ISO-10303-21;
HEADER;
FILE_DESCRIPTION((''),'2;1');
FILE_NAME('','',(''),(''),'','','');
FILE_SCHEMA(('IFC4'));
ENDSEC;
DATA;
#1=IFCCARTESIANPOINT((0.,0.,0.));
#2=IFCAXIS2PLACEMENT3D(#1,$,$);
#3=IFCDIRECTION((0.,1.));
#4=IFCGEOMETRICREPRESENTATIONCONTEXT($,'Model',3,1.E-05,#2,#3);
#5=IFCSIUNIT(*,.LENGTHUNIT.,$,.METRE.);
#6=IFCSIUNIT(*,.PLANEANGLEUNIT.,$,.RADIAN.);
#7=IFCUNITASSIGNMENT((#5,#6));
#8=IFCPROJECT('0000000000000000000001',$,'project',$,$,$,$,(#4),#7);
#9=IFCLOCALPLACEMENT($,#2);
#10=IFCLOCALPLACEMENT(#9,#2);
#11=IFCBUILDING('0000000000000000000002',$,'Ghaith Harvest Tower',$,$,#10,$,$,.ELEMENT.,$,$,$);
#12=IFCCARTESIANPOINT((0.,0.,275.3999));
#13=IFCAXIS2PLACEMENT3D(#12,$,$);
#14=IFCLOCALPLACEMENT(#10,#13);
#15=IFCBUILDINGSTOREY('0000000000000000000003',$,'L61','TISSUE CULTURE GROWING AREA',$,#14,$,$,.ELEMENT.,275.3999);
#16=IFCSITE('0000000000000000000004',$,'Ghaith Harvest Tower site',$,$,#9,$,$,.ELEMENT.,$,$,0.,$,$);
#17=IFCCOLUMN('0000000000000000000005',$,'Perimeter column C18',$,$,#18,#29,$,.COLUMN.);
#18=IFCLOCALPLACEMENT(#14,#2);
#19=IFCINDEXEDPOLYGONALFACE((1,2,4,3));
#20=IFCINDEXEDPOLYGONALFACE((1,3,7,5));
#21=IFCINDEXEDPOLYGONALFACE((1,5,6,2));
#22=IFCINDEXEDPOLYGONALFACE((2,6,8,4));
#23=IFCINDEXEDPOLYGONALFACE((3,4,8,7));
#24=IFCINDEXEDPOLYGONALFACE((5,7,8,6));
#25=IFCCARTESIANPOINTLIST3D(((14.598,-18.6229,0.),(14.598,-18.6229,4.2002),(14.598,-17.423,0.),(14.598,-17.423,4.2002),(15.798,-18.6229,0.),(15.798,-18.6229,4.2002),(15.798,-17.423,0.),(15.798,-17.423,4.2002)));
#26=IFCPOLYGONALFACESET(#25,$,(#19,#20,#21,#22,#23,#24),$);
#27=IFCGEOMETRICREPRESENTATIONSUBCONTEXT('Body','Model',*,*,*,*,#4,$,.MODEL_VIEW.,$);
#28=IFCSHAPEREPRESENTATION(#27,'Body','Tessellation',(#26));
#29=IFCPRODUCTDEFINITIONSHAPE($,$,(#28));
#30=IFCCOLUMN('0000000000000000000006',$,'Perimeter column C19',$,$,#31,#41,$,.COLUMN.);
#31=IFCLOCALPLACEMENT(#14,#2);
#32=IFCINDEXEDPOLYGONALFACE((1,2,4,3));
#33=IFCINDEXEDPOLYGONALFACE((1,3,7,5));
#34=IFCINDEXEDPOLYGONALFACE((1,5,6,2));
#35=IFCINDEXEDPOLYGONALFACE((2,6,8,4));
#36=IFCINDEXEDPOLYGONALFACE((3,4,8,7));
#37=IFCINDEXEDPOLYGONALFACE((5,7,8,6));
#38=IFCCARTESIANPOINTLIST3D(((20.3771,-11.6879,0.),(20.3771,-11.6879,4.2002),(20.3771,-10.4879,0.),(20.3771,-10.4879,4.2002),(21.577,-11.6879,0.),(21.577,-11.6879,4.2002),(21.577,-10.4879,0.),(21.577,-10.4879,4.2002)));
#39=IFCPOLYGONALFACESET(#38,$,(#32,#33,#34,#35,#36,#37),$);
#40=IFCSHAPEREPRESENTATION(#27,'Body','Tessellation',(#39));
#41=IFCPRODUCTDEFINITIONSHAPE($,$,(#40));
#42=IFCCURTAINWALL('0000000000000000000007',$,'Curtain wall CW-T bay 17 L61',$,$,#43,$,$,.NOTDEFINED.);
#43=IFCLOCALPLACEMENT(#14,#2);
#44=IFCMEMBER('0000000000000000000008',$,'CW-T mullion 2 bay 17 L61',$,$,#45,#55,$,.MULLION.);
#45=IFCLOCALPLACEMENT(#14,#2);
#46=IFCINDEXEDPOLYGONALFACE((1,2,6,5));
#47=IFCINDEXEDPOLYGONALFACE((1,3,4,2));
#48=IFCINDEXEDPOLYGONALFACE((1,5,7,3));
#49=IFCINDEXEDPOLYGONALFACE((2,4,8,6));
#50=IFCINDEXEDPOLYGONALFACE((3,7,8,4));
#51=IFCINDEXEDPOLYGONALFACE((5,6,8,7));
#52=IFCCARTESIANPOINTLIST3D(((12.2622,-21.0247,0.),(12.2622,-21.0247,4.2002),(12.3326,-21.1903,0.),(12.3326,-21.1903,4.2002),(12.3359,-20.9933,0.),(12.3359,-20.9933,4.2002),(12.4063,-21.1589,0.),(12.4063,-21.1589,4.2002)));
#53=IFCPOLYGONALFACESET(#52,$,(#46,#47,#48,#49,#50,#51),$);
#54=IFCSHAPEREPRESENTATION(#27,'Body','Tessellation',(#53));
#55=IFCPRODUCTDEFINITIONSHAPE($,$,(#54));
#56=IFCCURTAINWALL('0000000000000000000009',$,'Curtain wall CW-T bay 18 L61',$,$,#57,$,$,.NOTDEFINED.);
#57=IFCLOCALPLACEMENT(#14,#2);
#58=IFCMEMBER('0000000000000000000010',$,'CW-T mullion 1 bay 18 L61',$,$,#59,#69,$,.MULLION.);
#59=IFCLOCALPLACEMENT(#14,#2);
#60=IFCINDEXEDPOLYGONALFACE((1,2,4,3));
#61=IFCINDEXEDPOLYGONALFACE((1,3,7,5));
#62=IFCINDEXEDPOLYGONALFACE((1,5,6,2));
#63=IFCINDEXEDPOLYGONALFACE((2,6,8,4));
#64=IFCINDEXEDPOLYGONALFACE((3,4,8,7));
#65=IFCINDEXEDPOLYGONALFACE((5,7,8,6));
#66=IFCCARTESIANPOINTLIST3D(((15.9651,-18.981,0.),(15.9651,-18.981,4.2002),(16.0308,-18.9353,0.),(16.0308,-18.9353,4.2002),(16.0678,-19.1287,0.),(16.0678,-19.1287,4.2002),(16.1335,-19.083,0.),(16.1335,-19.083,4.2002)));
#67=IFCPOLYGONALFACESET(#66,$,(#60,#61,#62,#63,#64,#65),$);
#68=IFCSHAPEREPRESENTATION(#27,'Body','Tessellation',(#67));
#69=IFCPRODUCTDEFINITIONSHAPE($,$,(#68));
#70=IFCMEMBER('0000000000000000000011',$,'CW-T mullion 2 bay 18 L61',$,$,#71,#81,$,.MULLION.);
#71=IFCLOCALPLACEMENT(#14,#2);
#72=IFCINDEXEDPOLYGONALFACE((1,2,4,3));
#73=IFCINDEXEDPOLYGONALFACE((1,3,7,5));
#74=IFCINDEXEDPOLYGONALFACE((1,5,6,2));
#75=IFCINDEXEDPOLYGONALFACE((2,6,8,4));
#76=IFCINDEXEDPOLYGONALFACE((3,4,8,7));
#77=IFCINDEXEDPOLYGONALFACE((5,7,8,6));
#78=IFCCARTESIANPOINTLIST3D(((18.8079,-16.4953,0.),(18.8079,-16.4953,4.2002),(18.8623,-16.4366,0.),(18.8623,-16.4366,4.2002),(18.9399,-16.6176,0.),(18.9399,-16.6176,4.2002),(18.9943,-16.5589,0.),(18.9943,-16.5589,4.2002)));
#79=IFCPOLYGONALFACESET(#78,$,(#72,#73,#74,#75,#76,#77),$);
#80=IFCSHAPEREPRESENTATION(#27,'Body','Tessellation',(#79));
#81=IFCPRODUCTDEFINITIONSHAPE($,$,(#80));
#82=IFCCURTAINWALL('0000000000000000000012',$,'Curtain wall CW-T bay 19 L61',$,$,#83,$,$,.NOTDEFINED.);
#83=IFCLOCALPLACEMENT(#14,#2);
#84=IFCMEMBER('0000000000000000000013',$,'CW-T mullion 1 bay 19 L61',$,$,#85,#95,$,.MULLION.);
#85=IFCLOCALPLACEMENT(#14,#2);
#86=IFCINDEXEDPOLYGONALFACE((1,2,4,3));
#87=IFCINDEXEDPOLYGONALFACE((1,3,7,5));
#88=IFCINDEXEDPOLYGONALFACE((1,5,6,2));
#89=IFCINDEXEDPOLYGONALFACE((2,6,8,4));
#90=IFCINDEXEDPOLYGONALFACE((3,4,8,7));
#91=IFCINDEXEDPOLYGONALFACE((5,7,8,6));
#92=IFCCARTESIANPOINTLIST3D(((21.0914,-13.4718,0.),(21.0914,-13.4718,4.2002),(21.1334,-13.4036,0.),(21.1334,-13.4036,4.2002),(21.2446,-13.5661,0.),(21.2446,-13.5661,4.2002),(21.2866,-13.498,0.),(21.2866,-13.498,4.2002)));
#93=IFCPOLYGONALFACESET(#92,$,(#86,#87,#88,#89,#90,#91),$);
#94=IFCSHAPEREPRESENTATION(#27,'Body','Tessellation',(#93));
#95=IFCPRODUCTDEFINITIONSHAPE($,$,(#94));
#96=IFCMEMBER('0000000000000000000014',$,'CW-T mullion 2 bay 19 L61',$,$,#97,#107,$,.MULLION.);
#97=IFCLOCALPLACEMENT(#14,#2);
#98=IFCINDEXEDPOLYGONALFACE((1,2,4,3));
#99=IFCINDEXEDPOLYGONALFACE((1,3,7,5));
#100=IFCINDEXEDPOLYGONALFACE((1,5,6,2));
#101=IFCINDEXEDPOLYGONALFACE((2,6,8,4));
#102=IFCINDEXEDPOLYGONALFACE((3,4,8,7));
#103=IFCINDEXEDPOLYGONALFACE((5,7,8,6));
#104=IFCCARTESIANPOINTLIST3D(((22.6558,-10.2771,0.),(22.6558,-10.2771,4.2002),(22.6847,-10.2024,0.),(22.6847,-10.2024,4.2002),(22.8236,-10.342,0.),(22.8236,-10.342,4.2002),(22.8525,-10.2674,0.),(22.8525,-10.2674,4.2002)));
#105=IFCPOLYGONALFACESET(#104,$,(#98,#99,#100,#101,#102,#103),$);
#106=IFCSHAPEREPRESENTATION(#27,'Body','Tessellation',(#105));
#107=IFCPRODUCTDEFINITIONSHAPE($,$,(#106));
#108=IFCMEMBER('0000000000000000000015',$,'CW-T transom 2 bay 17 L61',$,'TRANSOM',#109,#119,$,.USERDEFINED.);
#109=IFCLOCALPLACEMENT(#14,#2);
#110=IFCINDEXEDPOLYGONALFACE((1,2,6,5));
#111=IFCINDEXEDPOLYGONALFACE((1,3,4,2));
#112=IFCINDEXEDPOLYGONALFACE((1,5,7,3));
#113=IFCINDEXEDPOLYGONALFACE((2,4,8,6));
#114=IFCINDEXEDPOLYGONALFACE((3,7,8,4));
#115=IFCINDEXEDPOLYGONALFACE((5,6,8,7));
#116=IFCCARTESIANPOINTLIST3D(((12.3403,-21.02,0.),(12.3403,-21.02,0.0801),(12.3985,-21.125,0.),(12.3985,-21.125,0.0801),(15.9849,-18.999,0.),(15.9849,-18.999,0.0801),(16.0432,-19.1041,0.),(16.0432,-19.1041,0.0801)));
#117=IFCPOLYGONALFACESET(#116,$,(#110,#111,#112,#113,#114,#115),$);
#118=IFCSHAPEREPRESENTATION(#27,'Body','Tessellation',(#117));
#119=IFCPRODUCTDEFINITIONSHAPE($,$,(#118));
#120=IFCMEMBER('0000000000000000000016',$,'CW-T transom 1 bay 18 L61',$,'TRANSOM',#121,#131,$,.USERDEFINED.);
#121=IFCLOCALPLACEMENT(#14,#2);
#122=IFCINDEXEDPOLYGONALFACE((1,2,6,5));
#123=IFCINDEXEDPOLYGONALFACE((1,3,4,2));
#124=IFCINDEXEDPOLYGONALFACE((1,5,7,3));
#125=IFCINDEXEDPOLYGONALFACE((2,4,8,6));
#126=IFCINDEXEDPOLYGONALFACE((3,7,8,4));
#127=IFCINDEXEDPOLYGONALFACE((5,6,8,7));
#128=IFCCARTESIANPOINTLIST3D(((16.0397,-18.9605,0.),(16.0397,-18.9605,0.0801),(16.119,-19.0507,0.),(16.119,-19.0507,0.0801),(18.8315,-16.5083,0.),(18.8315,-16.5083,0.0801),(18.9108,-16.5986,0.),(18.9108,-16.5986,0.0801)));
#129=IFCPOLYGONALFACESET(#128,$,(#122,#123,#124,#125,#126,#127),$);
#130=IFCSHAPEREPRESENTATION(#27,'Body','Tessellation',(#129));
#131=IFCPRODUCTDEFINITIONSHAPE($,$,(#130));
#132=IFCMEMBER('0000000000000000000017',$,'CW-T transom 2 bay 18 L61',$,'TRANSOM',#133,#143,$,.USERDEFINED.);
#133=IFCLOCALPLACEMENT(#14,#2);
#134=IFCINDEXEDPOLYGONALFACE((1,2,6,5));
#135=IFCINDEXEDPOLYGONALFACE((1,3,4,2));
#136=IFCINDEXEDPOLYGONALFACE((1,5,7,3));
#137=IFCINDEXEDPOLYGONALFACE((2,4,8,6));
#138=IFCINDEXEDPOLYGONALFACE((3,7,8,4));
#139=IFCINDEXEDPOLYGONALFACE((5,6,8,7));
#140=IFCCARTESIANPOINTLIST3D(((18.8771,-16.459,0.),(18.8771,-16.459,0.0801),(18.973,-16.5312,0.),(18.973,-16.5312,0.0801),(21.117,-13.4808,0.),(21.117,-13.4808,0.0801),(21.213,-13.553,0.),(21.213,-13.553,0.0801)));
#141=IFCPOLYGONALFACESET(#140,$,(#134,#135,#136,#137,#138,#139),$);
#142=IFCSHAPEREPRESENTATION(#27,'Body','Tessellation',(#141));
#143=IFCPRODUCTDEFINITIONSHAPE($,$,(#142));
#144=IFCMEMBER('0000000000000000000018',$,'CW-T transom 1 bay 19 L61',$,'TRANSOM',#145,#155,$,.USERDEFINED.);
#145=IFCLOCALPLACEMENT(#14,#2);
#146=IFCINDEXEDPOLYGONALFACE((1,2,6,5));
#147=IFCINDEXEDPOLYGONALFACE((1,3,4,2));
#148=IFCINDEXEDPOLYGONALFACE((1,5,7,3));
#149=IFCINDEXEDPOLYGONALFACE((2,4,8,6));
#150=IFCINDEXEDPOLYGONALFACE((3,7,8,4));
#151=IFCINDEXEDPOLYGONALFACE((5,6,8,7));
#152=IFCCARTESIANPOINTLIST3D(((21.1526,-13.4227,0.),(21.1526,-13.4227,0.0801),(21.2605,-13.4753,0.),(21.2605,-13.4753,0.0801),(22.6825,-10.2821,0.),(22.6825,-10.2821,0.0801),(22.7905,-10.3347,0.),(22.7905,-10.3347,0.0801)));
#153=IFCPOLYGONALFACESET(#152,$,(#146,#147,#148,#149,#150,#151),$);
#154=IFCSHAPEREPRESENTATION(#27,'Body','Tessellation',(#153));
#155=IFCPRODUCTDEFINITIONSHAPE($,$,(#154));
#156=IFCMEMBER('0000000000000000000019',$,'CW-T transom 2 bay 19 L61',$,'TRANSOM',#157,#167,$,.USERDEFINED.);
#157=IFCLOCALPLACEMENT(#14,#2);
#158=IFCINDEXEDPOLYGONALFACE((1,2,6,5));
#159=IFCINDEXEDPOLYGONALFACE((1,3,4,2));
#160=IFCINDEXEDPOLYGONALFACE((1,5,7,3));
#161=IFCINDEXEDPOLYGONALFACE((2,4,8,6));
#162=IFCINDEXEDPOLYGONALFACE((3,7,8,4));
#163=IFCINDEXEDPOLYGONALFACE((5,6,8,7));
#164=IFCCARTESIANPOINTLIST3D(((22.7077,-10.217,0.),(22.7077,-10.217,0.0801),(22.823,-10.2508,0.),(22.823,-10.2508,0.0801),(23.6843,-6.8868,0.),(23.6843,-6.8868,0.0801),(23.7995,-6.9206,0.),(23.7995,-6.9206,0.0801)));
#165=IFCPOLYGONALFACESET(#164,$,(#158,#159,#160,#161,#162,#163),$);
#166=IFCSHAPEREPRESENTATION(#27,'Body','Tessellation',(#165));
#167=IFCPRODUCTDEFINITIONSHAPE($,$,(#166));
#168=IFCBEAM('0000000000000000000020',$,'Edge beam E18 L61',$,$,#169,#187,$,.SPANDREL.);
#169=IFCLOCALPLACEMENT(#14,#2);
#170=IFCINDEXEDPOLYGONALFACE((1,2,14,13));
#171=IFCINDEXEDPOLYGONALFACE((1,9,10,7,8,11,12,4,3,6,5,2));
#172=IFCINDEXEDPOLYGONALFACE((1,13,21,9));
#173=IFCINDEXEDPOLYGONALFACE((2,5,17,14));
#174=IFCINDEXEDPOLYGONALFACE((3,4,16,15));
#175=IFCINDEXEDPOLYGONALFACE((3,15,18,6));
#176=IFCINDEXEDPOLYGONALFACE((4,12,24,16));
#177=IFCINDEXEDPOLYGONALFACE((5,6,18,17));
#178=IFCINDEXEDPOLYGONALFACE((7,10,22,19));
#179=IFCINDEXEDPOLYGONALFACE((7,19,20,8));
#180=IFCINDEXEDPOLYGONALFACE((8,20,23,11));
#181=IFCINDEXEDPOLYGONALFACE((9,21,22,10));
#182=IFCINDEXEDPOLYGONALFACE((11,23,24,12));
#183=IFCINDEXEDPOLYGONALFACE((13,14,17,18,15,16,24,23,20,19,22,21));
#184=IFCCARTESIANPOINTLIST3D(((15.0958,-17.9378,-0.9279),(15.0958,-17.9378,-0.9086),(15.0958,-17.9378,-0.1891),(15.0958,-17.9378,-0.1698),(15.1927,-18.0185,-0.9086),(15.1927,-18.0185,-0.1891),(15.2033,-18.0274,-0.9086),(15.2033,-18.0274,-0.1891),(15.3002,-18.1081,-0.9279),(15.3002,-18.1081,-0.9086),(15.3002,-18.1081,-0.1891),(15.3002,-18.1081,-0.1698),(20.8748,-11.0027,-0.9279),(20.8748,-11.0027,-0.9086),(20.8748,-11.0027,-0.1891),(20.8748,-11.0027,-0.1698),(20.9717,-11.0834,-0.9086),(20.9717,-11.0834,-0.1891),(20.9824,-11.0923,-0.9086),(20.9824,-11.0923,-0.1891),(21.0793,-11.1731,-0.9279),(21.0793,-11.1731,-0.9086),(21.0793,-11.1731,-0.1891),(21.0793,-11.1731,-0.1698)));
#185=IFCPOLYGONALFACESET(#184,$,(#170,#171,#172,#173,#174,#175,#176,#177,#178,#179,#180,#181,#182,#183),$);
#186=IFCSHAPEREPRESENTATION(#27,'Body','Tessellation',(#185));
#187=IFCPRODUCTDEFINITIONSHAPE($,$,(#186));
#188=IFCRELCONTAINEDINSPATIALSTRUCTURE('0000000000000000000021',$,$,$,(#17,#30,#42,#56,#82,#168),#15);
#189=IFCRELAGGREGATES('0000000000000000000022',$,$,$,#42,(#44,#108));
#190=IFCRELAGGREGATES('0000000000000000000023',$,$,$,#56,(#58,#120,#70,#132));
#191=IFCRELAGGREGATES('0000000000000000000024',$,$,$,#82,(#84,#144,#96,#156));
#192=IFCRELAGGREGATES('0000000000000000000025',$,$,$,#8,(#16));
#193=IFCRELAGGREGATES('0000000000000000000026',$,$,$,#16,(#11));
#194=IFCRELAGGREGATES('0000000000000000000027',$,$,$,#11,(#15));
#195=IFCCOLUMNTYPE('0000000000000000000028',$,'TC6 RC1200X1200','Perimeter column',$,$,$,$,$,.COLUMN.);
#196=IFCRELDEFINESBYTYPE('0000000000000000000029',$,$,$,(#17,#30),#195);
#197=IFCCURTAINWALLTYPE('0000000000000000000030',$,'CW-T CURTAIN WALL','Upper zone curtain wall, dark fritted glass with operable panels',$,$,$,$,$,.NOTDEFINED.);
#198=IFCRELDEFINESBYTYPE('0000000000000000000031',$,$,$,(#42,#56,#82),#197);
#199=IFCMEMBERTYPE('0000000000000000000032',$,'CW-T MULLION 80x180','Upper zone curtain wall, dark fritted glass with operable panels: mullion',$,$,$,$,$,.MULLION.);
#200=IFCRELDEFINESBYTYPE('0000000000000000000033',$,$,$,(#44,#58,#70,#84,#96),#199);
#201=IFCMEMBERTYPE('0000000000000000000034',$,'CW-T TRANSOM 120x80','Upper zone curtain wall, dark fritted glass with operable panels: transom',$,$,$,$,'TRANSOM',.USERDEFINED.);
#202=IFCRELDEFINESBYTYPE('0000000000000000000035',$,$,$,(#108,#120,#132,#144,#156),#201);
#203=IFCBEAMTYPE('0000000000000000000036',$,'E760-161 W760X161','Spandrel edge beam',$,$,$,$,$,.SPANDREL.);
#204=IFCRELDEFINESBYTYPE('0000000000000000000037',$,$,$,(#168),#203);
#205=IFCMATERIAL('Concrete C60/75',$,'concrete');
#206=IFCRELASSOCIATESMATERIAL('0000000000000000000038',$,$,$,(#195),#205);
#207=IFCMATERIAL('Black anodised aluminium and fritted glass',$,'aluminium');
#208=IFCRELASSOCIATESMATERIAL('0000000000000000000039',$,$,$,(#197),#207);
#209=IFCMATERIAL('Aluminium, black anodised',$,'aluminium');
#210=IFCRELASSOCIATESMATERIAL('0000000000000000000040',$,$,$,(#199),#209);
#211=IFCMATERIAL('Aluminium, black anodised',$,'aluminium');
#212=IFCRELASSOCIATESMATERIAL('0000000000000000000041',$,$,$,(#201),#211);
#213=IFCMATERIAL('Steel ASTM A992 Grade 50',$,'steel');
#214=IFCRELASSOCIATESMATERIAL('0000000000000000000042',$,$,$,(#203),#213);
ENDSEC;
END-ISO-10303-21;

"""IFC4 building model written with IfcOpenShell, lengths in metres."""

from ifc_helpers import new_model, si_unit, direction, frame, origin, origin_2d, place, context, subcontext, project, spatial, rectangle, i_section, extrude, material, material_profile, profile_set, type_object, element, aggregate, save


model = new_model("IFC4")

# Units and contexts
model_context = context("Model", 3, precision=1e-05, world=origin(), true_north=direction((0.0, 1.0)))
body_context = subcontext(model_context, "Body", "Model", "MODEL_VIEW")
ifc_project = project(units=[si_unit("LENGTHUNIT", "METRE"), si_unit("PLANEANGLEUNIT", "RADIAN")], contexts=[model_context])

# Site, building, storey
site_placement = place(None, origin())
site = spatial("IfcSite", under=ifc_project, at=site_placement, Name="Ghaith Harvest Tower site", CompositionType="ELEMENT", RefElevation=0.0)
building_placement = place(site_placement, origin())
building = spatial("IfcBuilding", under=site, at=building_placement, Name="Ghaith Harvest Tower", CompositionType="ELEMENT")
storey_placement = place(building_placement, frame((0.0, 0.0, 275.3999)))
storey = spatial("IfcBuildingStorey", under=building, at=storey_placement, Name="L61", Description="TISSUE CULTURE GROWING AREA", CompositionType="ELEMENT", Elevation=275.3999)

# Columns
ifc_material_1 = material(Name="Concrete C60/75", Category="concrete")
ifc_material_profile_1 = material_profile(ifc_material_1, rectangle(XDim=1.2, YDim=1.2, at=origin_2d()), Name="RC1200X1200")
ifc_profile_set_1 = profile_set([ifc_material_profile_1], Name="Concrete C60/75")
column_type = type_object("IfcColumnType", Name="TC6 RC1200X1200", Description="Perimeter column", PredefinedType="COLUMN", material=ifc_profile_set_1)
for number, where, z_axis, x_axis, name in (
    (1, (15.198, -18.0229, 0.0), (0.0, 0.0, 1.0), (1.0, 0.0, 0.0), "Perimeter column C18"),
    (2, (20.9771, -11.0879, 0.0), (0.0, 0.0, 1.0), (1.0, 0.0, 0.0), "Perimeter column C19"),
):
    element("IfcColumn", number, at=place(storey_placement, frame(where, z_axis=z_axis, x_axis=x_axis)), inside=storey, type_object=column_type, Name=name, PredefinedType="COLUMN", context=body_context, shape_type="SweptSolid", body=[
        extrude(rectangle(XDim=1.2, YDim=1.2, at=origin_2d()), origin(), (0.0, 0.0, 1.0), 4.2002),
    ])

# Curtain wall, member
ifc_material_2 = material(Name="Black anodised aluminium and fritted glass", Category="aluminium")
curtain_wall_type = type_object("IfcCurtainWallType", Name="CW-T CURTAIN WALL", Description="Upper zone curtain wall, dark fritted glass with operable panels", PredefinedType="NOTDEFINED", material=ifc_material_2)
curtain_wall_1_placement = place(storey_placement, origin())
curtain_wall_1 = element("IfcCurtainWall", 3, at=curtain_wall_1_placement, inside=storey, type_object=curtain_wall_type, Name="Curtain wall CW-T bay 17 L61", PredefinedType="NOTDEFINED")
ifc_material_3 = material(Name="Aluminium, black anodised", Category="aluminium")
ifc_material_profile_2 = material_profile(ifc_material_3, rectangle(XDim=0.0801, YDim=0.1799, at=origin_2d()), Name="CW-T MULLION 80x180")
ifc_profile_set_2 = profile_set([ifc_material_profile_2], Name="Aluminium, black anodised")
member_type_1 = type_object("IfcMemberType", Name="CW-T MULLION 80x180", Description="Upper zone curtain wall, dark fritted glass with operable panels: mullion", PredefinedType="MULLION", material=ifc_profile_set_2)
member_1_placement = place(storey_placement, frame((12.3342, -21.0918, 0.0), z_axis=(0.0, 0.0, 1.0), x_axis=(0.920319, 0.391168, 0.0)))
member_1 = element("IfcMember", 4, at=member_1_placement, type_object=member_type_1, Name="CW-T mullion 2 bay 17 L61", PredefinedType="MULLION", context=body_context, shape_type="SweptSolid", body=[
    extrude(rectangle(XDim=0.0801, YDim=0.1799, at=origin_2d()), origin(), (0.0, 0.0, 1.0), 4.2002),
])

# Curtain walls, members
curtain_wall_2_placement = place(storey_placement, origin())
curtain_wall_2 = element("IfcCurtainWall", 5, at=curtain_wall_2_placement, inside=storey, type_object=curtain_wall_type, Name="Curtain wall CW-T bay 18 L61", PredefinedType="NOTDEFINED")
member_2_placement = place(storey_placement, frame((16.0493, -19.032, 0.0), z_axis=(0.0, 0.0, 1.0), x_axis=(0.821112, 0.570767, 0.0)))
member_2 = element("IfcMember", 6, at=member_2_placement, type_object=member_type_1, Name="CW-T mullion 1 bay 18 L61", PredefinedType="MULLION", context=body_context, shape_type="SweptSolid", body=[
    extrude(rectangle(XDim=0.0801, YDim=0.1799, at=origin_2d()), origin(), (0.0, 0.0, 1.0), 4.2002),
])
member_3_placement = place(storey_placement, frame((18.9011, -16.5271, 0.0), z_axis=(0.0, 0.0, 1.0), x_axis=(0.679661, 0.733526, 0.0)))
member_3 = element("IfcMember", 7, at=member_3_placement, type_object=member_type_1, Name="CW-T mullion 2 bay 18 L61", PredefinedType="MULLION", context=body_context, shape_type="SweptSolid", body=[
    extrude(rectangle(XDim=0.0801, YDim=0.1799, at=origin_2d()), origin(), (0.0, 0.0, 1.0), 4.2002),
])
curtain_wall_3_placement = place(storey_placement, origin())
curtain_wall_3 = element("IfcCurtainWall", 8, at=curtain_wall_3_placement, inside=storey, type_object=curtain_wall_type, Name="Curtain wall CW-T bay 19 L61", PredefinedType="NOTDEFINED")
member_4_placement = place(storey_placement, frame((21.189, -13.4849, 0.0), z_axis=(0.0, 0.0, 1.0), x_axis=(0.524482, 0.851421, 0.0)))
member_4 = element("IfcMember", 9, at=member_4_placement, type_object=member_type_1, Name="CW-T mullion 1 bay 19 L61", PredefinedType="MULLION", context=body_context, shape_type="SweptSolid", body=[
    extrude(rectangle(XDim=0.0801, YDim=0.1799, at=origin_2d()), origin(), (0.0, 0.0, 1.0), 4.2002),
])
member_5_placement = place(storey_placement, frame((22.7542, -10.2722, 0.0), z_axis=(0.0, 0.0, 1.0), x_axis=(0.361184, 0.932494, 0.0)))
member_5 = element("IfcMember", 10, at=member_5_placement, type_object=member_type_1, Name="CW-T mullion 2 bay 19 L61", PredefinedType="MULLION", context=body_context, shape_type="SweptSolid", body=[
    extrude(rectangle(XDim=0.0801, YDim=0.1799, at=origin_2d()), origin(), (0.0, 0.0, 1.0), 4.2002),
])

# Members
ifc_material_4 = material(Name="Aluminium, black anodised", Category="aluminium")
ifc_material_profile_3 = material_profile(ifc_material_4, rectangle(XDim=0.1201, YDim=0.0801, at=origin_2d()), Name="CW-T TRANSOM 120x80")
ifc_profile_set_3 = profile_set([ifc_material_profile_3], Name="Aluminium, black anodised")
member_type_2 = type_object("IfcMemberType", Name="CW-T TRANSOM 120x80", Description="Upper zone curtain wall, dark fritted glass with operable panels: transom", ElementType="TRANSOM", PredefinedType="USERDEFINED", material=ifc_profile_set_3)
member_6_placement = place(storey_placement, frame((12.3694, -21.0725, 0.04), z_axis=(0.874552, 0.484932, 0.0), x_axis=(-0.484932, 0.874552, 0.0)))
member_6 = element("IfcMember", 11, at=member_6_placement, type_object=member_type_2, Name="CW-T transom 2 bay 17 L61", ObjectType="TRANSOM", PredefinedType="USERDEFINED", context=body_context, shape_type="SweptSolid", body=[
    extrude(rectangle(XDim=0.1201, YDim=0.0801, at=origin_2d()), origin(), (0.0, 0.0, 1.0), 4.1675),
])
member_7_placement = place(storey_placement, frame((16.0793, -19.0056, 0.04), z_axis=(0.751326, 0.659931, 0.0), x_axis=(-0.659931, 0.751326, 0.0)))
member_7 = element("IfcMember", 12, at=member_7_placement, type_object=member_type_2, Name="CW-T transom 1 bay 18 L61", ObjectType="TRANSOM", PredefinedType="USERDEFINED", context=body_context, shape_type="SweptSolid", body=[
    extrude(rectangle(XDim=0.1201, YDim=0.0801, at=origin_2d()), origin(), (0.0, 0.0, 1.0), 3.7158),
])
member_8_placement = place(storey_placement, frame((18.925, -16.4951, 0.04), z_axis=(0.601079, 0.79919, 0.0), x_axis=(-0.79919, 0.601079, 0.0)))
member_8 = element("IfcMember", 13, at=member_8_placement, type_object=member_type_2, Name="CW-T transom 2 bay 18 L61", ObjectType="TRANSOM", PredefinedType="USERDEFINED", context=body_context, shape_type="SweptSolid", body=[
    extrude(rectangle(XDim=0.1201, YDim=0.0801, at=origin_2d()), origin(), (0.0, 0.0, 1.0), 3.7266),
])
member_9_placement = place(storey_placement, frame((21.2065, -13.449, 0.04), z_axis=(0.437965, 0.898992, 0.0), x_axis=(-0.898992, 0.437965, 0.0)))
member_9 = element("IfcMember", 14, at=member_9_placement, type_object=member_type_2, Name="CW-T transom 1 bay 19 L61", ObjectType="TRANSOM", PredefinedType="USERDEFINED", context=body_context, shape_type="SweptSolid", body=[
    extrude(rectangle(XDim=0.1201, YDim=0.0801, at=origin_2d()), origin(), (0.0, 0.0, 1.0), 3.4934),
])
member_10_placement = place(storey_placement, frame((22.7654, -10.2339, 0.04), z_axis=(0.281385, 0.959595, 0.0), x_axis=(-0.959595, 0.281385, 0.0)))
member_10 = element("IfcMember", 15, at=member_10_placement, type_object=member_type_2, Name="CW-T transom 2 bay 19 L61", ObjectType="TRANSOM", PredefinedType="USERDEFINED", context=body_context, shape_type="SweptSolid", body=[
    extrude(rectangle(XDim=0.1201, YDim=0.0801, at=origin_2d()), origin(), (0.0, 0.0, 1.0), 3.4705),
])

# Beam
ifc_material_5 = material(Name="Steel ASTM A992 Grade 50", Category="steel")
ifc_material_profile_4 = material_profile(ifc_material_5, i_section(OverallWidth=0.2661, OverallDepth=0.7581, WebThickness=0.0139, FlangeThickness=0.0193, at=origin_2d()), Name="W760X161")
ifc_profile_set_4 = profile_set([ifc_material_profile_4], Name="Steel ASTM A992 Grade 50")
beam_type_1 = type_object("IfcBeamType", Name="E760-161 W760X161", Description="Spandrel edge beam", PredefinedType="SPANDREL", material=ifc_profile_set_4)
beam_1_placement = place(storey_placement, frame((15.198, -18.0229, -0.5488), z_axis=(0.640174, 0.76823, 0.0), x_axis=(-0.76823, 0.640174, 0.0)))
element("IfcBeam", 16, at=beam_1_placement, inside=storey, type_object=beam_type_1, Name="Edge beam E18 L61", PredefinedType="SPANDREL", context=body_context, shape_type="SweptSolid", body=[
    extrude(i_section(OverallWidth=0.2661, OverallDepth=0.7581, WebThickness=0.0139, FlangeThickness=0.0193, at=origin_2d()), origin(), (0.0, 0.0, 1.0), 9.0273),
])

aggregate(curtain_wall_1, [member_1, member_6])
aggregate(curtain_wall_2, [member_2, member_7, member_3, member_8])
aggregate(curtain_wall_3, [member_4, member_9, member_5, member_10])

save(model, "model.ifc")
